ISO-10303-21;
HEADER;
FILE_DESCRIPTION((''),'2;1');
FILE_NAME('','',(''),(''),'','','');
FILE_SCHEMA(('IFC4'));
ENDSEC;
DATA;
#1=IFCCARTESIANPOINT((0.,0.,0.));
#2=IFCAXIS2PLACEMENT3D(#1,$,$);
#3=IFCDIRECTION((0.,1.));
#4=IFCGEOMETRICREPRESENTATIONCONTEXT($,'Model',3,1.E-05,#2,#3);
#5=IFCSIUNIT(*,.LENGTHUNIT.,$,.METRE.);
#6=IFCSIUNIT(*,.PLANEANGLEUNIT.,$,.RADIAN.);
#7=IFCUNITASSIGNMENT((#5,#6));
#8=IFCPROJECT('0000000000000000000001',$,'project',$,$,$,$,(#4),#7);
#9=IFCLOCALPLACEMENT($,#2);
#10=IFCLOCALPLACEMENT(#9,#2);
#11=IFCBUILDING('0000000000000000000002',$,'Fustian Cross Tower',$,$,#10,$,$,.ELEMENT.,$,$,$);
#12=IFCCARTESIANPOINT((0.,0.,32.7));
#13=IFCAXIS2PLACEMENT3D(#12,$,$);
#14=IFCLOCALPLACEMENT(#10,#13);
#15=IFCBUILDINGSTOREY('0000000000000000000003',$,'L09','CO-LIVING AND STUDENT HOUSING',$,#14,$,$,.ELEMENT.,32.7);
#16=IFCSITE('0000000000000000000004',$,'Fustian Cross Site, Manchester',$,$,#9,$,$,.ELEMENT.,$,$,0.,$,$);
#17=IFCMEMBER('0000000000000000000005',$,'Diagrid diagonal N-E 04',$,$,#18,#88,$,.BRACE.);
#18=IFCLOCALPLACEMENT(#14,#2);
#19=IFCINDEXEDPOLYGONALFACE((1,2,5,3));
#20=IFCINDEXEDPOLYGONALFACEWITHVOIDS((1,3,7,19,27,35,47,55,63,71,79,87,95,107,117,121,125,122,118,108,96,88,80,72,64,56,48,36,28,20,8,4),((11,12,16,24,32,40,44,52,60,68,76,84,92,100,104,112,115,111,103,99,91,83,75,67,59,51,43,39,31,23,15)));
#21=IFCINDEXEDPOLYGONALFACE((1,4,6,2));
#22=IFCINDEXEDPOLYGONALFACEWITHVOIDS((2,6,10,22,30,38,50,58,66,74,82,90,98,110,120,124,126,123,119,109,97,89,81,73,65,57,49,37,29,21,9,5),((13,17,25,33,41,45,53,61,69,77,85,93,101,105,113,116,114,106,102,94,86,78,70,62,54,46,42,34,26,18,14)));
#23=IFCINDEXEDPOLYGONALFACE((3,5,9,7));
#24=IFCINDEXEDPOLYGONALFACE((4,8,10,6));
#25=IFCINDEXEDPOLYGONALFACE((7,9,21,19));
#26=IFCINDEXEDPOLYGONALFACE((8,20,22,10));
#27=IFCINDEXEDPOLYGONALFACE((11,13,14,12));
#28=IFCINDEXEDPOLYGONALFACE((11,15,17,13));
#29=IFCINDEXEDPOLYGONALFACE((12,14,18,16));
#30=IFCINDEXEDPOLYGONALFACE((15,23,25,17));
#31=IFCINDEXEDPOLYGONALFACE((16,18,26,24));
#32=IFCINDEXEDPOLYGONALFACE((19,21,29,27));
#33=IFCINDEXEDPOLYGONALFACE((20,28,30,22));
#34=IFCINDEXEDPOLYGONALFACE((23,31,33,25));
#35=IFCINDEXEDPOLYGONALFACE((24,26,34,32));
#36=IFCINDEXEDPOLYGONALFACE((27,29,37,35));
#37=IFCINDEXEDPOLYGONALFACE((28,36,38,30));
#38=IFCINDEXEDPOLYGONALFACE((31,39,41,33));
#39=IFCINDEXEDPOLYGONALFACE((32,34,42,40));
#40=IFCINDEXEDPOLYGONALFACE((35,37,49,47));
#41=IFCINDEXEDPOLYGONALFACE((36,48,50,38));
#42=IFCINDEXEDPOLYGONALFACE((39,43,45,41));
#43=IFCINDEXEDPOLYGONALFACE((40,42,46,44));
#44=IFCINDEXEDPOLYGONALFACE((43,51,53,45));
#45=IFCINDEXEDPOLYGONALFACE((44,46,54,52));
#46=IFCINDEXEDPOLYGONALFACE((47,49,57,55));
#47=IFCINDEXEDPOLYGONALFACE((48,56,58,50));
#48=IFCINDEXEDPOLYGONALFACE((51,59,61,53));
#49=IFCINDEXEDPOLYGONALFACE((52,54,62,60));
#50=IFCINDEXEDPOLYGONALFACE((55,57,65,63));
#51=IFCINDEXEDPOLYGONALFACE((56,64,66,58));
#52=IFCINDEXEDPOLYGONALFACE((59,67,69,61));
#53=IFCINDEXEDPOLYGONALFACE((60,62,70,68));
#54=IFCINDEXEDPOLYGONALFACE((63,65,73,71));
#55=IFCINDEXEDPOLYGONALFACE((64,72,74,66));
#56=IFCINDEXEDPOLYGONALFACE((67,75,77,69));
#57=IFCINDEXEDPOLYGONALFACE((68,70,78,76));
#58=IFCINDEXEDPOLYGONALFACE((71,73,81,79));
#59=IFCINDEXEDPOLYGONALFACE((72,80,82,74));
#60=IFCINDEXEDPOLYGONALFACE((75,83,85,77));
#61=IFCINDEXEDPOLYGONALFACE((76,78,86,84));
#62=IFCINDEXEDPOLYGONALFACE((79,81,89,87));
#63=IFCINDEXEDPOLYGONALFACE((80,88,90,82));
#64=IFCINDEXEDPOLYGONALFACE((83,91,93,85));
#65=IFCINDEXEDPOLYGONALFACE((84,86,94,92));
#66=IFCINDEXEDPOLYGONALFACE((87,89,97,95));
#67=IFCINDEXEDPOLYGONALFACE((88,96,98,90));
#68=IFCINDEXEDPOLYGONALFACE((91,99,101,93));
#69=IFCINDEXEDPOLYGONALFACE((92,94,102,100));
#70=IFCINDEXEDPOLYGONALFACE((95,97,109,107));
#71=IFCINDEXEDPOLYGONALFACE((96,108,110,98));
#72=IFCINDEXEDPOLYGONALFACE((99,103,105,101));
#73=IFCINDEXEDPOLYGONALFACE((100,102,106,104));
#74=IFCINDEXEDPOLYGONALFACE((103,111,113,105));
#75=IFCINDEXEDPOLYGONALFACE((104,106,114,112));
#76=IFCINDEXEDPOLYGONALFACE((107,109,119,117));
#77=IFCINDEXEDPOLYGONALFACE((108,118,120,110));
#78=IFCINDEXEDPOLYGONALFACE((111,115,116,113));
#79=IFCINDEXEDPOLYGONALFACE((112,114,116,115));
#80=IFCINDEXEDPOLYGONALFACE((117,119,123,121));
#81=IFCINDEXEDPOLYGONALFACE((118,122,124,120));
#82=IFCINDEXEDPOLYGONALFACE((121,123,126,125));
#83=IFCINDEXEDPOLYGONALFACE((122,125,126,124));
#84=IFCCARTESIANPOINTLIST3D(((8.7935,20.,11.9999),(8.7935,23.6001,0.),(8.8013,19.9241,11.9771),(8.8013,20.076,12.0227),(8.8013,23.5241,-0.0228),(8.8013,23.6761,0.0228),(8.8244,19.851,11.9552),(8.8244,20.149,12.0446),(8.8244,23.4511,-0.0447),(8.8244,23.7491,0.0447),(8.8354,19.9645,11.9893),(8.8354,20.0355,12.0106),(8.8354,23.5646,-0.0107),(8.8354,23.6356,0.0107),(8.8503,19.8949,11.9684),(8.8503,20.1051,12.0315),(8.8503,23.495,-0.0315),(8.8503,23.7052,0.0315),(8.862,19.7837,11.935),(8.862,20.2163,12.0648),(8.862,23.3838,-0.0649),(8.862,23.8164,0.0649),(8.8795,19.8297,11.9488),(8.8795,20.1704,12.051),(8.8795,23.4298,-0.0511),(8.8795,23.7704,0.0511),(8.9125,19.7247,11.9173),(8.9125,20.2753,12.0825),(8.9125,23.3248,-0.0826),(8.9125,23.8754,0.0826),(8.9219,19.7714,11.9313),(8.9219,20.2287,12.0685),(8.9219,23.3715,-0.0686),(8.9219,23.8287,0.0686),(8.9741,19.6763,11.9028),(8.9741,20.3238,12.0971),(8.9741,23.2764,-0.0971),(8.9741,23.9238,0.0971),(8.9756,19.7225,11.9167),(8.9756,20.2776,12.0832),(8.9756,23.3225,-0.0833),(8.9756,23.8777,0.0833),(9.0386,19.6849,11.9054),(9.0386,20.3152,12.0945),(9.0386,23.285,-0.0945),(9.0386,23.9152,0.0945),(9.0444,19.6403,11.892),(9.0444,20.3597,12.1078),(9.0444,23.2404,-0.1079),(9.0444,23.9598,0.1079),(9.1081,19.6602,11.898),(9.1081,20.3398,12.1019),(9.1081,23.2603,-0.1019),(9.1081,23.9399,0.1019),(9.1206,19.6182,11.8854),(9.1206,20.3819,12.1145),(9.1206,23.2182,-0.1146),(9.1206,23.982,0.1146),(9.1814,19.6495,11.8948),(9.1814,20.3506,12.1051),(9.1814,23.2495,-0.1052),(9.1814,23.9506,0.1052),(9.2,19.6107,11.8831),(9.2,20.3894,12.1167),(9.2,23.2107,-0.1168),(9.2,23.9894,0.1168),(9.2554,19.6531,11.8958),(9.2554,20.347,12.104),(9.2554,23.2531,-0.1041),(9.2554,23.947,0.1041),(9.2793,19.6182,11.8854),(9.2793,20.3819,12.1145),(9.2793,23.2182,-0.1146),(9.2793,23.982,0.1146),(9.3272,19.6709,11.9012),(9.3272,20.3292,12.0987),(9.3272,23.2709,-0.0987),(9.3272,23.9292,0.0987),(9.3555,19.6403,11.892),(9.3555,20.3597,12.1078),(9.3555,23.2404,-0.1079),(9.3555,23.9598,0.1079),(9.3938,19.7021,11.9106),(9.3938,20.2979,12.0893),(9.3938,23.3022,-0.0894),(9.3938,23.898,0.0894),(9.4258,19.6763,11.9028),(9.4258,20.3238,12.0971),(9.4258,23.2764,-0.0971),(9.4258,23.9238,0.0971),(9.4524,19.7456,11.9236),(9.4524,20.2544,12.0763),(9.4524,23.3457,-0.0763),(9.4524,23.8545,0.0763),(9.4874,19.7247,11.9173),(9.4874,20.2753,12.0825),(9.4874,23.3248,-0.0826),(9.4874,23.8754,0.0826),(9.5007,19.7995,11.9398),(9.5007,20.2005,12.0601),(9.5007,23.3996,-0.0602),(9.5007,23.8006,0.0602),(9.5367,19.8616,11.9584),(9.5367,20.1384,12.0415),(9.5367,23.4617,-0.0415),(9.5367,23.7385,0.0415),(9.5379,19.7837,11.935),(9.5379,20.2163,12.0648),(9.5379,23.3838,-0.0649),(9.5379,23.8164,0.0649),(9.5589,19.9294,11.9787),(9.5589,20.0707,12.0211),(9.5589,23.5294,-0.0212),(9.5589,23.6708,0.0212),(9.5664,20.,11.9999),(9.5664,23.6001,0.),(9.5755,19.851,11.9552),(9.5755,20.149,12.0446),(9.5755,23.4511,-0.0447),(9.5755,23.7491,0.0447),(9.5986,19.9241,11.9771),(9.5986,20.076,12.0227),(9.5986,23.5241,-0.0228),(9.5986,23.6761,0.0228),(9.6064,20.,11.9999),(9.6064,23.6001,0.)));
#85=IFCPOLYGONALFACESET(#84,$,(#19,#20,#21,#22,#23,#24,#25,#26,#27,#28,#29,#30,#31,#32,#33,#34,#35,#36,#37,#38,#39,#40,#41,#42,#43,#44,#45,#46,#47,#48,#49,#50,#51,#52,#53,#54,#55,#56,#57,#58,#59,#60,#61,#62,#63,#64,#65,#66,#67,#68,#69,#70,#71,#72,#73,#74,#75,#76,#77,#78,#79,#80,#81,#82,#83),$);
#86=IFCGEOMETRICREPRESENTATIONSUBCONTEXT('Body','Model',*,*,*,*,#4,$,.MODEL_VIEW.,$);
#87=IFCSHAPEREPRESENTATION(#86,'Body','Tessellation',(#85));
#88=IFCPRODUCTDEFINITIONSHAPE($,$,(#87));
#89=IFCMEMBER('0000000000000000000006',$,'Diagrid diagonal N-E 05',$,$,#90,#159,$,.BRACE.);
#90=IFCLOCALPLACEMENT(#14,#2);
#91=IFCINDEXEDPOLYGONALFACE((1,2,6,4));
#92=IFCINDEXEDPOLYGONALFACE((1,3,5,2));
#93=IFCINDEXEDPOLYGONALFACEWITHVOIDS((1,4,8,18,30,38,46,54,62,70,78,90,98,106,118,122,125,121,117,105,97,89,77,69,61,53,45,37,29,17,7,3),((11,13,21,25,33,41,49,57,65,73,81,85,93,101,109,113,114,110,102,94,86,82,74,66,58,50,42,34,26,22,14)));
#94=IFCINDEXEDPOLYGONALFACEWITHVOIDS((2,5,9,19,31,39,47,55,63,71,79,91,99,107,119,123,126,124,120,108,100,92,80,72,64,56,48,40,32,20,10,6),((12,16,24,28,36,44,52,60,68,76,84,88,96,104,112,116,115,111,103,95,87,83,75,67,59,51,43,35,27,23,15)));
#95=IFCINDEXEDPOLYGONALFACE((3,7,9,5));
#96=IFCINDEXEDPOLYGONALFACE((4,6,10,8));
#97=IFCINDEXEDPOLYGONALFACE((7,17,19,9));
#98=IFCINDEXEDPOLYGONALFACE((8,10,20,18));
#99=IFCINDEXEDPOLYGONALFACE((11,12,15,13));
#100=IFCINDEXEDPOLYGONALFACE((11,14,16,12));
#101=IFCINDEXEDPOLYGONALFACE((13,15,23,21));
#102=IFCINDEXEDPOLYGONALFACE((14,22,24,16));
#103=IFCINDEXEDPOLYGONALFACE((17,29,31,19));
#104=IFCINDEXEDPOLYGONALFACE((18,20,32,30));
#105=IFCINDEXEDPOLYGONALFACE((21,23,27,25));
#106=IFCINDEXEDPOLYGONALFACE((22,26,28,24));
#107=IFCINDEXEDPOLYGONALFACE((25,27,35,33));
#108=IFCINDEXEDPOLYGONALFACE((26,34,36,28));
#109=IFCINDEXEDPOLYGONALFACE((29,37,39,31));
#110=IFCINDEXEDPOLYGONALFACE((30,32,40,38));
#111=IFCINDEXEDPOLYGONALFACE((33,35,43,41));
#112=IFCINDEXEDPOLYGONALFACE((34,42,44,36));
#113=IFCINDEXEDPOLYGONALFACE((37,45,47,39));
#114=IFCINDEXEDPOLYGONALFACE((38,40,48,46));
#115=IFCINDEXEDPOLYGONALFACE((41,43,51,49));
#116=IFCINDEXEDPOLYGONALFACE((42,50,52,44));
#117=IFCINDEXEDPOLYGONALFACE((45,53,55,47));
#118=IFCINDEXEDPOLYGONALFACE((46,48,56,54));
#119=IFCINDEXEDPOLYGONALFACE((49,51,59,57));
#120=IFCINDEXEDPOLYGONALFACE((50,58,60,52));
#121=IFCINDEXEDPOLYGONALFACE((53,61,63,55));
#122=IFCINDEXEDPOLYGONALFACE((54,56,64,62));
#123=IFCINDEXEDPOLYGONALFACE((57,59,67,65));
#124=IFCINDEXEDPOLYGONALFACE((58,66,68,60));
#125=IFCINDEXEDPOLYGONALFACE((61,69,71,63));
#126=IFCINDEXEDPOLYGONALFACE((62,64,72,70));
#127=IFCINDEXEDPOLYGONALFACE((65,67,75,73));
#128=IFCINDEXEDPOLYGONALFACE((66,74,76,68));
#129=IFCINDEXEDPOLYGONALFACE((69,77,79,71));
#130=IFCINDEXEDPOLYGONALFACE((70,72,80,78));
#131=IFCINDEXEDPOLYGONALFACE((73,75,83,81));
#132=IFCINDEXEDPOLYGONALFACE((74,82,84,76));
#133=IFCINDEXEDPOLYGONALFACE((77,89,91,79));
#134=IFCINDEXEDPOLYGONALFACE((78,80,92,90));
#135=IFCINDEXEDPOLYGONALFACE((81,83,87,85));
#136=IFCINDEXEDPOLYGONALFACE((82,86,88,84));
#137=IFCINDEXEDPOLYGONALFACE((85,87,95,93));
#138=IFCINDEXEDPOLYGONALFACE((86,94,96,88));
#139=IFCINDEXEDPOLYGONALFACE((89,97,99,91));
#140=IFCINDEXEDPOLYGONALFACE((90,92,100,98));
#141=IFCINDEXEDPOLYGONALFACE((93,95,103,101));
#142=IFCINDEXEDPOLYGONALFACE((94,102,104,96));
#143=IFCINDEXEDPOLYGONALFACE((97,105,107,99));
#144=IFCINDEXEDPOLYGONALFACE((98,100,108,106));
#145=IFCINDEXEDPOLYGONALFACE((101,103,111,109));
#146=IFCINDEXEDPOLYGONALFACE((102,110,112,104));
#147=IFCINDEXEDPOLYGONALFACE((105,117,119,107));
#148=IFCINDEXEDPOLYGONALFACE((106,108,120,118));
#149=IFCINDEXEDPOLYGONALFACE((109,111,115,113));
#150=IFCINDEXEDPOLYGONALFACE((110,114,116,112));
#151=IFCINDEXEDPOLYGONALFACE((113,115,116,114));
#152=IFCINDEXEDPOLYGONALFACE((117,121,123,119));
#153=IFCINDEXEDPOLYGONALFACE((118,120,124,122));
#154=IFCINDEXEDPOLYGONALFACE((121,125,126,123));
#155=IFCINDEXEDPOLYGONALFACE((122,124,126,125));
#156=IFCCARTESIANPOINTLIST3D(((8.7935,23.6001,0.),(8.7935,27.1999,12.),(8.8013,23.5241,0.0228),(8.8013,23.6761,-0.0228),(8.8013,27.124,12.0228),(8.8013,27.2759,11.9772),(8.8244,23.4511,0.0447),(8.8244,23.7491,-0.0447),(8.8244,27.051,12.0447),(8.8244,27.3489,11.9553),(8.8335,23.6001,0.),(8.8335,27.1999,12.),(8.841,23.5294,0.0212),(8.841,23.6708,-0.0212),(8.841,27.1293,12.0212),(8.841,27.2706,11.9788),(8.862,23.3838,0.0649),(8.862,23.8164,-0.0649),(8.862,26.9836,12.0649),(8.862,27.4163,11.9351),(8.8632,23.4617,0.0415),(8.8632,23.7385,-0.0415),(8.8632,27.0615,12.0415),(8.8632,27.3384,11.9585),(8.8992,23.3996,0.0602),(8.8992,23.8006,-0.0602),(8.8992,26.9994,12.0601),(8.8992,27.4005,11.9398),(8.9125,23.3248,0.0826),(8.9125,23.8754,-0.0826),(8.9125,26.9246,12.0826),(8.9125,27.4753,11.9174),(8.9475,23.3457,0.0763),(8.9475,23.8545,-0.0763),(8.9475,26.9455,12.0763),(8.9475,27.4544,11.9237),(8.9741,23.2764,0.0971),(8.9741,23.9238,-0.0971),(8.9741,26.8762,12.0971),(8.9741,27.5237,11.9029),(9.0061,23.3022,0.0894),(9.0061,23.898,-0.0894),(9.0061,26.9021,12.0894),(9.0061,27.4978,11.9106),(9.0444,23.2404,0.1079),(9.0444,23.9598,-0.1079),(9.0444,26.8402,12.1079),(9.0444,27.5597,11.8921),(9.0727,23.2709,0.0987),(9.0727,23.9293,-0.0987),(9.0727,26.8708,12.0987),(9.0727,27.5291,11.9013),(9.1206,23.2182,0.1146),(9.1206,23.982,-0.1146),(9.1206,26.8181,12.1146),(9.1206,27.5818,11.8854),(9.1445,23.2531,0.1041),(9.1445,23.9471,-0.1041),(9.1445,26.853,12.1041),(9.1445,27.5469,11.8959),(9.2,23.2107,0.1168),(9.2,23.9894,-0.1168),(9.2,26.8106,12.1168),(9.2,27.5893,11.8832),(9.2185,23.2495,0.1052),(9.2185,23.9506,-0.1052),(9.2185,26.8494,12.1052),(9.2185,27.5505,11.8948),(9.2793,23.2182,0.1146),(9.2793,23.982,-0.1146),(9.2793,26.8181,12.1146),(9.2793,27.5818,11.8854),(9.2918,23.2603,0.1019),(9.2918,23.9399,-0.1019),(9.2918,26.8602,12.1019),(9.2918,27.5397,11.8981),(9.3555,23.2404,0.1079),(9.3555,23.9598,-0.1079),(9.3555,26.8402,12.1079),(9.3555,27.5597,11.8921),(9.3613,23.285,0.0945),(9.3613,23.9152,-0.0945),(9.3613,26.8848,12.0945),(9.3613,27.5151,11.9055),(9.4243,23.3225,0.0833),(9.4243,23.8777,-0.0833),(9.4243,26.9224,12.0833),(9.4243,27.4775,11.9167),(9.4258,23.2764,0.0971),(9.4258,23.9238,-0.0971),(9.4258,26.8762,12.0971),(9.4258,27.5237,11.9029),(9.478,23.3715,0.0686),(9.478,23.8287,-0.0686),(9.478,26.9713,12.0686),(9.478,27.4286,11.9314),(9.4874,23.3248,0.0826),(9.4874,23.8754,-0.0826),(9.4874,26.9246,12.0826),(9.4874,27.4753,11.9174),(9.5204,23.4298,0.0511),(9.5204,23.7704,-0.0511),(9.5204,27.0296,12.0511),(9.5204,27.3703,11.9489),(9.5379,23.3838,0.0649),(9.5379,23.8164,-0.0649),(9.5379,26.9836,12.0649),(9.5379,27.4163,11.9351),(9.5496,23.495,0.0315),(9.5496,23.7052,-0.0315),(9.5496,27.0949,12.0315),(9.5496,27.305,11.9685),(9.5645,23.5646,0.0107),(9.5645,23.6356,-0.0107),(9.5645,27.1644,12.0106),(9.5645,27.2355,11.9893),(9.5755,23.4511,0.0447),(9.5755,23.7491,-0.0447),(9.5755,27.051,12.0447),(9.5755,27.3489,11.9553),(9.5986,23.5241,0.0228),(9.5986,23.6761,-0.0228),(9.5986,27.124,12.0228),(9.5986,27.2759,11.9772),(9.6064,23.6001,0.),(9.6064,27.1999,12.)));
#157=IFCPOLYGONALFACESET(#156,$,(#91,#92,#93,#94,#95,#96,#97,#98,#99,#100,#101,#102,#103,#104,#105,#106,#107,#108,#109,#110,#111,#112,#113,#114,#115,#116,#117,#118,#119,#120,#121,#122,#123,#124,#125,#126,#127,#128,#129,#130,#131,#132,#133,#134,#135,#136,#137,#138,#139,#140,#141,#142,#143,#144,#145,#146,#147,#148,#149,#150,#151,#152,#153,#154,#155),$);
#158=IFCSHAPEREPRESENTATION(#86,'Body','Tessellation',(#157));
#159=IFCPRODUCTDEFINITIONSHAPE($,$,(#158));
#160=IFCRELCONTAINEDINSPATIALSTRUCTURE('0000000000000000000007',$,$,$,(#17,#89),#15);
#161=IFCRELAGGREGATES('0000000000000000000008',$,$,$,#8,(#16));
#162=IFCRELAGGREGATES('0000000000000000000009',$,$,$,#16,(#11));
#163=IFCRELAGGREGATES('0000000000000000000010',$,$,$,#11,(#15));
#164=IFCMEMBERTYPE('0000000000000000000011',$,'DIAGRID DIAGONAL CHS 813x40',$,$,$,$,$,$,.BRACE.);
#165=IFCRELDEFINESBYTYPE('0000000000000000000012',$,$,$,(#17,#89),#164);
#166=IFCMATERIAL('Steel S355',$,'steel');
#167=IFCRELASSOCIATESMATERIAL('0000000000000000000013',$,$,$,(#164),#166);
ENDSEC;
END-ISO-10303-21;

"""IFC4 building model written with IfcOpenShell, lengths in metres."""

from ifc_helpers import new_model, si_unit, direction, frame, origin, origin_2d, place, context, subcontext, project, spatial, hollow_circle, extrude, material, material_profile, profile_set, type_object, element, save


model = new_model("IFC4")

# Units and contexts
model_context = context("Model", 3, precision=1e-05, world=origin(), true_north=direction((0.0, 1.0)))
body_context = subcontext(model_context, "Body", "Model", "MODEL_VIEW")
ifc_project = project(units=[si_unit("LENGTHUNIT", "METRE"), si_unit("PLANEANGLEUNIT", "RADIAN")], contexts=[model_context])

# Site, building, storey
site_placement = place(None, origin())
site = spatial("IfcSite", under=ifc_project, at=site_placement, Name="Fustian Cross Site, Manchester", CompositionType="ELEMENT", RefElevation=0.0)
building_placement = place(site_placement, origin())
building = spatial("IfcBuilding", under=site, at=building_placement, Name="Fustian Cross Tower", CompositionType="ELEMENT")
storey_placement = place(building_placement, frame((0.0, 0.0, 32.7)))
storey = spatial("IfcBuildingStorey", under=building, at=storey_placement, Name="L09", Description="CO-LIVING AND STUDENT HOUSING", CompositionType="ELEMENT", Elevation=32.7)

# Members
ifc_material_1 = material(Name="Steel S355", Category="steel")
ifc_material_profile_1 = material_profile(ifc_material_1, hollow_circle(Radius=0.4065, WallThickness=0.04, at=origin_2d()), Name="CHS 813x40")
ifc_profile_set_1 = profile_set([ifc_material_profile_1], Name="Steel S355")
member_type_1 = type_object("IfcMemberType", Name="DIAGRID DIAGONAL CHS 813x40", PredefinedType="BRACE", material=ifc_profile_set_1)
for number, where, z_axis, x_axis, name in (
    (1, (9.2, 23.6001, 0.0), (0.0, -0.287355, 0.957824), (1.0, 0.0, 0.0), "Diagrid diagonal N-E 04"),
    (2, (9.2, 23.6001, 0.0), (0.0, 0.287337, 0.95783), (-1.0, 0.0, 0.0), "Diagrid diagonal N-E 05"),
):
    element("IfcMember", number, at=place(storey_placement, frame(where, z_axis=z_axis, x_axis=x_axis)), inside=storey, type_object=member_type_1, Name=name, PredefinedType="BRACE", context=body_context, shape_type="SweptSolid", body=[
        extrude(hollow_circle(Radius=0.4065, WallThickness=0.04, at=origin_2d()), origin(), (0.0, 0.0, 1.0), 12.5283),
    ])

save(model, "model.ifc")
